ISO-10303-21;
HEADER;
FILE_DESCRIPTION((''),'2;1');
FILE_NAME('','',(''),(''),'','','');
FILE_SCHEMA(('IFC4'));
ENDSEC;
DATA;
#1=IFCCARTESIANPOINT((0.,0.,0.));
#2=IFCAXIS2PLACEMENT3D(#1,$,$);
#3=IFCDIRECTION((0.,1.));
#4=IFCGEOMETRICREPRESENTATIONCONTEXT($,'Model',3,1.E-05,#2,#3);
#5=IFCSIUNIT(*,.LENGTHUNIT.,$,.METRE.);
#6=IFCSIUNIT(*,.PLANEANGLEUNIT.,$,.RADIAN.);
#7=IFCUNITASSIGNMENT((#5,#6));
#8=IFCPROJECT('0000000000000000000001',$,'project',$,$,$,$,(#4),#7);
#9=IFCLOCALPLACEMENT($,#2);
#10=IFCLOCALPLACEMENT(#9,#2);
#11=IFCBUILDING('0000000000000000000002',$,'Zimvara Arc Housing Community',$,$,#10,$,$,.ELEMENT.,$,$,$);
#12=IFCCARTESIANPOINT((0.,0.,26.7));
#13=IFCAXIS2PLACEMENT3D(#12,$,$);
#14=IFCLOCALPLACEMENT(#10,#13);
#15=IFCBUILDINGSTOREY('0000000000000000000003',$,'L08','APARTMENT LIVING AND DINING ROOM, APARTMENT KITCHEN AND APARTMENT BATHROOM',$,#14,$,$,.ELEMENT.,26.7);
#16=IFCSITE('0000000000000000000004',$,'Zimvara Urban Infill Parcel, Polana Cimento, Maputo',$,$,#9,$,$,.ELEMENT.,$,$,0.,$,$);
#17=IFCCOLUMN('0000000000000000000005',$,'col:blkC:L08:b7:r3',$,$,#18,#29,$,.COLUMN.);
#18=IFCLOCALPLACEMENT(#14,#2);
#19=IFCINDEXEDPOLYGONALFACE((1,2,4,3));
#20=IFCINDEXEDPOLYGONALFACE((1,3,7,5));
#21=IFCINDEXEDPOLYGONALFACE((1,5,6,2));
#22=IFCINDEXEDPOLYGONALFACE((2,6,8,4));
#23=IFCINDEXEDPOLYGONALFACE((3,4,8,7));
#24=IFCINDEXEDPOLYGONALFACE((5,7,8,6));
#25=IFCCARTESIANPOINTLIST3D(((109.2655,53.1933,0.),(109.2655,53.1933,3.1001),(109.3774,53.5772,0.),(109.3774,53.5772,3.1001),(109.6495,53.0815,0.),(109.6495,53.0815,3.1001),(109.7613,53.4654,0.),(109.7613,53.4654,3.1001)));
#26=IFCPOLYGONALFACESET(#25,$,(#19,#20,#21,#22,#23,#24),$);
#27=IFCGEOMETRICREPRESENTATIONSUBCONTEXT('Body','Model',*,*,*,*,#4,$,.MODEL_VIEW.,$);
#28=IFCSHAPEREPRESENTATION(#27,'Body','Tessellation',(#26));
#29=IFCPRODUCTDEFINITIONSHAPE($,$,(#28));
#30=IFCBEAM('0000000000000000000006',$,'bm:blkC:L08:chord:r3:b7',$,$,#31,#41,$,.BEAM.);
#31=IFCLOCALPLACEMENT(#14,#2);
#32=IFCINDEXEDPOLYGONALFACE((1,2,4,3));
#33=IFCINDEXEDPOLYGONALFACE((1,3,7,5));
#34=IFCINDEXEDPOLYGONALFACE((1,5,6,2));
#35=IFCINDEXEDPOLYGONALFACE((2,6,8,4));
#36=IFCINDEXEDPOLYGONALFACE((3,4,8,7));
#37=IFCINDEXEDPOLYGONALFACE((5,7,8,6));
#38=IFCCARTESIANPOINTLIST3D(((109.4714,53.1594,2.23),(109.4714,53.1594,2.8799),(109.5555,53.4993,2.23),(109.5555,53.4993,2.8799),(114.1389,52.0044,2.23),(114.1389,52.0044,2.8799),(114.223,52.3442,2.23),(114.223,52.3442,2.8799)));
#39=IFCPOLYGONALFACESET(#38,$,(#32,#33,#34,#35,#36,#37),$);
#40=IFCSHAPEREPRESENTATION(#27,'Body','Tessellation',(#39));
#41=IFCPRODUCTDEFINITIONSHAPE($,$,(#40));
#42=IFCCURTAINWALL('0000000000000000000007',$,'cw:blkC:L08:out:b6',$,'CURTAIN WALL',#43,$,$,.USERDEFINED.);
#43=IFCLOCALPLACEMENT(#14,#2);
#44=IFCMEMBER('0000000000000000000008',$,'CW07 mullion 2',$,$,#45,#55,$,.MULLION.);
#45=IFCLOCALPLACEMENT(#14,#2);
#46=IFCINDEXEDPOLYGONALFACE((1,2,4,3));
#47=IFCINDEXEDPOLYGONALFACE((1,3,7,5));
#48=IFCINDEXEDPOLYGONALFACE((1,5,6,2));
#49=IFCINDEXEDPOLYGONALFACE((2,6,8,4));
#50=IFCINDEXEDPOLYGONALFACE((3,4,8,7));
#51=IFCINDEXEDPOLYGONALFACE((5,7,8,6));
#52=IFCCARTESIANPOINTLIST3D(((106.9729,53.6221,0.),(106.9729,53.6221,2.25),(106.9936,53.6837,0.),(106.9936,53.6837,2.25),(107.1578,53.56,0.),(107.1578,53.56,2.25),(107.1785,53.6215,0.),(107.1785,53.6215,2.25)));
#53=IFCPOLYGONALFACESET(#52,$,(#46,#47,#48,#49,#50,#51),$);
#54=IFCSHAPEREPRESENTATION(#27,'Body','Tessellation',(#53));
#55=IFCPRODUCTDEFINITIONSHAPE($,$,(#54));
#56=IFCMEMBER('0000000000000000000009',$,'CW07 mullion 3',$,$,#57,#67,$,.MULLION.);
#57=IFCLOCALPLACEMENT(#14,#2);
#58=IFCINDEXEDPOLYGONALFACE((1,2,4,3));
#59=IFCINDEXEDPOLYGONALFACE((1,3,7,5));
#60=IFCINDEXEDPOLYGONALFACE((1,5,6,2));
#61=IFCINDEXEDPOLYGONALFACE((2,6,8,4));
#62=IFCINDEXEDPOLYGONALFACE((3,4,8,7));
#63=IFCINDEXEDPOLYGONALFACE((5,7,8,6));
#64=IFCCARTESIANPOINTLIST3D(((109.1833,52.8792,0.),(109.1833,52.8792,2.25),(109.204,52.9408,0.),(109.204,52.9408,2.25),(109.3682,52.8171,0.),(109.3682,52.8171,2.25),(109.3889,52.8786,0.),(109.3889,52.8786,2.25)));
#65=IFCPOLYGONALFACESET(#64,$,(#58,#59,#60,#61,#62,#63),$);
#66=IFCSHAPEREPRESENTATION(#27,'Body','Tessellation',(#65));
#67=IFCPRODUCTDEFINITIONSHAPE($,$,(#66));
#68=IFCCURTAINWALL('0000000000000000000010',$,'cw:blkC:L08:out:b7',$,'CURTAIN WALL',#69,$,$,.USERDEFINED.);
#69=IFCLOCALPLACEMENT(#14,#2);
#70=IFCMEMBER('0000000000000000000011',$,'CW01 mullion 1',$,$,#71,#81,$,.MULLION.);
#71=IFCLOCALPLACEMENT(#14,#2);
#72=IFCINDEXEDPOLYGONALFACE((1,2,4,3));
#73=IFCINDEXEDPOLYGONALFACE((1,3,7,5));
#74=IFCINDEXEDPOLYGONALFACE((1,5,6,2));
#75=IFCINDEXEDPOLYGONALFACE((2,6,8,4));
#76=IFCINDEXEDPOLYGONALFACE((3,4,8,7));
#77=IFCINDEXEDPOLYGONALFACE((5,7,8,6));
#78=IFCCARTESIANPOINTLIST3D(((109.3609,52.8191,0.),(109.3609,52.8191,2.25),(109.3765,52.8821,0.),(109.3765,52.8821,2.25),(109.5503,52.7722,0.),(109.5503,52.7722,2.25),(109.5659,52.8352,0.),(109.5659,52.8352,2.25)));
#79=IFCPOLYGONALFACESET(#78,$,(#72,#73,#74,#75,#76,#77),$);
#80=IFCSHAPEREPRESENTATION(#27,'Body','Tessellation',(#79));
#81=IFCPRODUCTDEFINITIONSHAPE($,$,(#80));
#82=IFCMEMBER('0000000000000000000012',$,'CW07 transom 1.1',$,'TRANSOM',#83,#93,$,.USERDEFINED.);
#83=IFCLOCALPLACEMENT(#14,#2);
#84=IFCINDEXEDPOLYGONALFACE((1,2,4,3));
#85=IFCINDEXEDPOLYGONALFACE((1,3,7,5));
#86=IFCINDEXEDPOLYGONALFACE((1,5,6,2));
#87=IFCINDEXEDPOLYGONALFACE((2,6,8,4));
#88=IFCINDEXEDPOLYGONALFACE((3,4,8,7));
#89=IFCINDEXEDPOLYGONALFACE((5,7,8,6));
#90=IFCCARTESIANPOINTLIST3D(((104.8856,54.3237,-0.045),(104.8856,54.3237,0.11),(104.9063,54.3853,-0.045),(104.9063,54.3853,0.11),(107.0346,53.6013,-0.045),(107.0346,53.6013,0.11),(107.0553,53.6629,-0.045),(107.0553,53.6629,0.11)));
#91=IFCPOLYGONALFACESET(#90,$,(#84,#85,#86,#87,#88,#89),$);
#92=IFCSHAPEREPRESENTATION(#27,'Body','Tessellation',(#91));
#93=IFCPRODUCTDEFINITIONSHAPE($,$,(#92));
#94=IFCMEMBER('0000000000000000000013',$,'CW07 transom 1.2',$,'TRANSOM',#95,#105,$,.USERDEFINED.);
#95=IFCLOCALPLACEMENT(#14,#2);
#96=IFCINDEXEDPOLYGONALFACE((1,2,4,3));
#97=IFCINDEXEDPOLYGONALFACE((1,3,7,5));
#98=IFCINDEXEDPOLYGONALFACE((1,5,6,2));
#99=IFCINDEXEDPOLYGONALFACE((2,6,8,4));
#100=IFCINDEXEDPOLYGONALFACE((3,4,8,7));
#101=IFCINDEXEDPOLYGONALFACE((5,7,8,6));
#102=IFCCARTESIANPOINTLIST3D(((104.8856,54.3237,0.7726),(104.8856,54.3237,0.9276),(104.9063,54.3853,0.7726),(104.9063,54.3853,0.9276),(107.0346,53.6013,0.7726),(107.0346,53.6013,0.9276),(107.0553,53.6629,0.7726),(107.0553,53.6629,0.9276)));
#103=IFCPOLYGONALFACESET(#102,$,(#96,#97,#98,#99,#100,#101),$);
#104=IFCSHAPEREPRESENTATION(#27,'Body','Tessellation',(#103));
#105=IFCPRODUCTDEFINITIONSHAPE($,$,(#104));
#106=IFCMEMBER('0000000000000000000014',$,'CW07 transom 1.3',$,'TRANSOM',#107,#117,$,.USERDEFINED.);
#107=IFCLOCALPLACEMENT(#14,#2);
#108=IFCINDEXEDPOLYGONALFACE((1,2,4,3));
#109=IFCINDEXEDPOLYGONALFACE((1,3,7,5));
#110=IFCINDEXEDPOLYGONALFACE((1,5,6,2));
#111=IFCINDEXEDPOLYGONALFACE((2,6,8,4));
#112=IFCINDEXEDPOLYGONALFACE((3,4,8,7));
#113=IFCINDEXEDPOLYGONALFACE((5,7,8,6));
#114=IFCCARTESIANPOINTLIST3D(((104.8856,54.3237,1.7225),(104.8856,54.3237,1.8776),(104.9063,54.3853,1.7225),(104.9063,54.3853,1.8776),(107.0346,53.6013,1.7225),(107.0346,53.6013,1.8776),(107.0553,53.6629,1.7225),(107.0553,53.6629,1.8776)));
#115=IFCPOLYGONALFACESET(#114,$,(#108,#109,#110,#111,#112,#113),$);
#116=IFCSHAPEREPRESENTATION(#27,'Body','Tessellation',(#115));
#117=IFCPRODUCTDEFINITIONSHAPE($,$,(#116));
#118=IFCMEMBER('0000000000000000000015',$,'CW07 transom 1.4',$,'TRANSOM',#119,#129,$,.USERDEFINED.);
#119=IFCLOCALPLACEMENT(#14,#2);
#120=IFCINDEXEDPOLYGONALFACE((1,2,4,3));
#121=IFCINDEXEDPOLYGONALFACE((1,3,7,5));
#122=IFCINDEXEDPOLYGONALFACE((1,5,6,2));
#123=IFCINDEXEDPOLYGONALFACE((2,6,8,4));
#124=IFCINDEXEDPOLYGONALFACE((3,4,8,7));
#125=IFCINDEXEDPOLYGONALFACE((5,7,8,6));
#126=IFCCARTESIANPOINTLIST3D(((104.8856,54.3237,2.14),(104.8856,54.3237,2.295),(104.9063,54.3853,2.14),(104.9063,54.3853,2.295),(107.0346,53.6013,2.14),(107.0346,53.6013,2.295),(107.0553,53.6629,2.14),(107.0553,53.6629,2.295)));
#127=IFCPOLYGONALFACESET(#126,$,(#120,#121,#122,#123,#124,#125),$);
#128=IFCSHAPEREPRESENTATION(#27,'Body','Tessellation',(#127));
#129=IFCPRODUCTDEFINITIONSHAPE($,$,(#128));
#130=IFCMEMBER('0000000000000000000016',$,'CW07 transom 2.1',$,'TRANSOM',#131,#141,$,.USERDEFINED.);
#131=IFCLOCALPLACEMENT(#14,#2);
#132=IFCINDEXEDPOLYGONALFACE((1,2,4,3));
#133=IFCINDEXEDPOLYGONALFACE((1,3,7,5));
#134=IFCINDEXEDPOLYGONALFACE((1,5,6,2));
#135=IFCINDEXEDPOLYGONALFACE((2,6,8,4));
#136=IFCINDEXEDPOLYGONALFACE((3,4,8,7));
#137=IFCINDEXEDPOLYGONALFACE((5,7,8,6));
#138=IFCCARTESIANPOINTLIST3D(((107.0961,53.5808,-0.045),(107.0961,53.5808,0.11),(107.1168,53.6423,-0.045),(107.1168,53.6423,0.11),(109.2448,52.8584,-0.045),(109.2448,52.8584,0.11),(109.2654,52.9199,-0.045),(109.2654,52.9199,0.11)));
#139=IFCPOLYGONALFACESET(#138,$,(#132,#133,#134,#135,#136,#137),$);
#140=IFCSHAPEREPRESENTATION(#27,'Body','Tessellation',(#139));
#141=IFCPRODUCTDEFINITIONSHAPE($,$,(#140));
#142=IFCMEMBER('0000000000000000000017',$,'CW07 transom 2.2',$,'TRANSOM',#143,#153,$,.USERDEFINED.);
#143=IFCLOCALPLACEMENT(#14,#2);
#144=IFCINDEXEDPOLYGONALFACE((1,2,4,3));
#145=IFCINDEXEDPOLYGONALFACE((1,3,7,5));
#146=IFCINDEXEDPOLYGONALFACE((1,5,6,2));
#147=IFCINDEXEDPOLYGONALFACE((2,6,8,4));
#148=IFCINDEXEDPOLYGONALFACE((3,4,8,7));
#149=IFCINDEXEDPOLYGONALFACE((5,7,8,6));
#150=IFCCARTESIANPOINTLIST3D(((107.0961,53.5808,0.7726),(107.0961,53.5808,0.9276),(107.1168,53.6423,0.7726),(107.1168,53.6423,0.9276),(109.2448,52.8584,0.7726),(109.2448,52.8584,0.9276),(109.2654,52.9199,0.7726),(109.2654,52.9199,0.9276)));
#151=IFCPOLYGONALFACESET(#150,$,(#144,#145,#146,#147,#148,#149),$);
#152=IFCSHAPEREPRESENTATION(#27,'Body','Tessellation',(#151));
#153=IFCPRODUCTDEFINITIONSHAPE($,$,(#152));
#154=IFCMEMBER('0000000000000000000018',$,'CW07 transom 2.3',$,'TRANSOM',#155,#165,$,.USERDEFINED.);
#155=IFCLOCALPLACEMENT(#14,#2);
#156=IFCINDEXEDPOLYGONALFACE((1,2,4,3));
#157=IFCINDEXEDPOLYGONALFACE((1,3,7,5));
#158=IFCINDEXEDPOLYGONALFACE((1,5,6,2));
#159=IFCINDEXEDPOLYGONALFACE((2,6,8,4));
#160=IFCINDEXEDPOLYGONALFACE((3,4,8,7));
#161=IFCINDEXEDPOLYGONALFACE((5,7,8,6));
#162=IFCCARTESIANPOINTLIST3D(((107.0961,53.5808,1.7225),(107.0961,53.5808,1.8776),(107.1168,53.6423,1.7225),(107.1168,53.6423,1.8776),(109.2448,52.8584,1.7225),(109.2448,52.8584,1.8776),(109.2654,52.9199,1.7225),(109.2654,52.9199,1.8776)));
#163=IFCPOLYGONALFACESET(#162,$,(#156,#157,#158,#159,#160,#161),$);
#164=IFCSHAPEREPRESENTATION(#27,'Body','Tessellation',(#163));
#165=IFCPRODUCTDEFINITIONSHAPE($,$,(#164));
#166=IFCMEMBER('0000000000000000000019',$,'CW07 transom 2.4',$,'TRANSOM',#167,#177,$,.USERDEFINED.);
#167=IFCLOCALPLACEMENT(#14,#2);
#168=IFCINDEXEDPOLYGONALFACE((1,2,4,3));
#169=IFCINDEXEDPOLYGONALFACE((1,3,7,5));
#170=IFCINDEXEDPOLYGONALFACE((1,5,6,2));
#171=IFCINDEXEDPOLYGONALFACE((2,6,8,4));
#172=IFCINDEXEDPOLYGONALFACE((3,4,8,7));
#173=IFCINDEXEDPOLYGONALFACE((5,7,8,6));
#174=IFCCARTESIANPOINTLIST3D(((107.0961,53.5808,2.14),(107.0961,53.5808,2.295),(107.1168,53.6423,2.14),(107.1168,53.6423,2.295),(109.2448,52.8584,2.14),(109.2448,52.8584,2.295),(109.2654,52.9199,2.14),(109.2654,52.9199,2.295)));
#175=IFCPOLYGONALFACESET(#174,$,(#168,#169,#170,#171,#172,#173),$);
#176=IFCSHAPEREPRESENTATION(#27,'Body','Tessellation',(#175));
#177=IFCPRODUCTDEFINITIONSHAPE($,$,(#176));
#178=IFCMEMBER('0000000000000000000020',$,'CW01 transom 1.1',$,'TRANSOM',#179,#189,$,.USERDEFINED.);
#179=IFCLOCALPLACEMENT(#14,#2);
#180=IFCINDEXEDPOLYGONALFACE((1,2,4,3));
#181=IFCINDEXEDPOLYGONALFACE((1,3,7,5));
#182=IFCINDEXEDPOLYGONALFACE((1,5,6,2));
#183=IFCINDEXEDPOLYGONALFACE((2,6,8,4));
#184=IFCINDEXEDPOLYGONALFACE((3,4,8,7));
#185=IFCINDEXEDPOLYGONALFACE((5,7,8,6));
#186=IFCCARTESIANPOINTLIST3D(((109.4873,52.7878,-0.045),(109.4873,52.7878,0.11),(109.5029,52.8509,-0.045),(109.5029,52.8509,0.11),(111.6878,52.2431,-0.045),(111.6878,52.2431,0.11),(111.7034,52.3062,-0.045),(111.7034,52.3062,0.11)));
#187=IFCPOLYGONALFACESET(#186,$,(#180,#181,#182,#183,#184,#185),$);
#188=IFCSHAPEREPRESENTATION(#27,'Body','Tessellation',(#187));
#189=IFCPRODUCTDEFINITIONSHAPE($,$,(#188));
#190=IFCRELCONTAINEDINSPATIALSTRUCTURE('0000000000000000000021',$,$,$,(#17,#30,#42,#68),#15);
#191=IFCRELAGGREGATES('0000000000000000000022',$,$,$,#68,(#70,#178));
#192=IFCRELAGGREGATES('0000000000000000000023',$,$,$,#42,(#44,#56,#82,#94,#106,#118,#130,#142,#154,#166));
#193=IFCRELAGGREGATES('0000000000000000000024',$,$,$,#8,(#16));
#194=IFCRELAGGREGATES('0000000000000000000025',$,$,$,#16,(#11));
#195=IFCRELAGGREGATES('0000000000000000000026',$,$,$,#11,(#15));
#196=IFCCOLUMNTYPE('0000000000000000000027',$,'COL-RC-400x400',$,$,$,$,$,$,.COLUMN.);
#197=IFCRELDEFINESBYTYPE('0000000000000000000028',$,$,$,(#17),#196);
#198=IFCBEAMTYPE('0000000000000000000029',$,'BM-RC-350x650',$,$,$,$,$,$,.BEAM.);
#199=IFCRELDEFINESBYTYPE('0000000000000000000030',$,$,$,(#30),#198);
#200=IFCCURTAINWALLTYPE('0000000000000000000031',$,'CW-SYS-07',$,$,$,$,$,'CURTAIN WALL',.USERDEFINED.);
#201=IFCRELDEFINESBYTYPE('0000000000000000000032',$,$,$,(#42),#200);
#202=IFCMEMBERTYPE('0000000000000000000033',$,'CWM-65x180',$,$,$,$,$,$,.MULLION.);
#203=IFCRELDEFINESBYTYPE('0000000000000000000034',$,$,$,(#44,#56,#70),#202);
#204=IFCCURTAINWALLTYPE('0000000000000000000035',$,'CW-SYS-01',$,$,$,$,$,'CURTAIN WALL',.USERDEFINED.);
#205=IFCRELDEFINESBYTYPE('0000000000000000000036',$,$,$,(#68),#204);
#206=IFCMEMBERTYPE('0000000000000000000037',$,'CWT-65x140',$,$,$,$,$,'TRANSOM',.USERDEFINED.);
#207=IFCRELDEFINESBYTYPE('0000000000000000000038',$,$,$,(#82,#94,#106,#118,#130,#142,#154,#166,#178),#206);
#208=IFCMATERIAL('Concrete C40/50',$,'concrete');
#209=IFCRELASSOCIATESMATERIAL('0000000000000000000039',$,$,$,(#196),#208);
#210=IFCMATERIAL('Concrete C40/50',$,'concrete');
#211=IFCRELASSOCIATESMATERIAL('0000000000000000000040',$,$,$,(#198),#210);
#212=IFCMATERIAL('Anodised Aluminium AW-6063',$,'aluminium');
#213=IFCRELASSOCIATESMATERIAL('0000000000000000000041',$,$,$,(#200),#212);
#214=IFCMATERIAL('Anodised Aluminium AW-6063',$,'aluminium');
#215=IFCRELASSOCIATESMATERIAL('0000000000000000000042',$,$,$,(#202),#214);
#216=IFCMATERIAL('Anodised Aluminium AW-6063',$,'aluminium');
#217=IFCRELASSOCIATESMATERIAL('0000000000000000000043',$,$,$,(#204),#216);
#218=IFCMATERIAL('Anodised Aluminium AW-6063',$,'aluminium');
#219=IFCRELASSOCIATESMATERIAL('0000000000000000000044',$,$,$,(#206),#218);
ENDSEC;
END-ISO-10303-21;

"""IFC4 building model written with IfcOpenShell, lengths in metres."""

from ifc_helpers import new_model, si_unit, direction, frame, origin, origin_2d, place, context, subcontext, project, spatial, rectangle, extrude, material, material_profile, profile_set, type_object, element, aggregate, save


model = new_model("IFC4")

# Units and contexts
model_context = context("Model", 3, precision=1e-05, world=origin(), true_north=direction((0.0, 1.0)))
body_context = subcontext(model_context, "Body", "Model", "MODEL_VIEW")
ifc_project = project(units=[si_unit("LENGTHUNIT", "METRE"), si_unit("PLANEANGLEUNIT", "RADIAN")], contexts=[model_context])

# Site, building, storey
site_placement = place(None, origin())
site = spatial("IfcSite", under=ifc_project, at=site_placement, Name="Zimvara Urban Infill Parcel, Polana Cimento, Maputo", CompositionType="ELEMENT", RefElevation=0.0)
building_placement = place(site_placement, origin())
building = spatial("IfcBuilding", under=site, at=building_placement, Name="Zimvara Arc Housing Community", CompositionType="ELEMENT")
storey_placement = place(building_placement, frame((0.0, 0.0, 26.7)))
storey = spatial("IfcBuildingStorey", under=building, at=storey_placement, Name="L08", Description="APARTMENT LIVING AND DINING ROOM, APARTMENT KITCHEN AND APARTMENT BATHROOM", CompositionType="ELEMENT", Elevation=26.7)

# Column
ifc_material_1 = material(Name="Concrete C40/50", Category="concrete")
ifc_material_profile_1 = material_profile(ifc_material_1, rectangle(XDim=0.3999, YDim=0.3999, at=origin_2d()), Name="RC 400x400")
ifc_profile_set_1 = profile_set([ifc_material_profile_1], Name="Concrete C40/50")
column_type = type_object("IfcColumnType", Name="COL-RC-400x400", PredefinedType="COLUMN", material=ifc_profile_set_1)
column_placement = place(storey_placement, frame((109.5134, 53.3293, 0.0), z_axis=(0.0, 0.0, 1.0), x_axis=(-0.279661, -0.960099, 0.0)))
element("IfcColumn", 1, at=column_placement, inside=storey, type_object=column_type, Name="col:blkC:L08:b7:r3", PredefinedType="COLUMN", context=body_context, shape_type="SweptSolid", body=[
    extrude(rectangle(XDim=0.3999, YDim=0.3999, at=origin_2d()), origin(), (0.0, 0.0, 1.0), 3.1001),
])

# Beam
ifc_material_2 = material(Name="Concrete C40/50", Category="concrete")
ifc_material_profile_2 = material_profile(ifc_material_2, rectangle(XDim=0.3501, YDim=0.6499, at=origin_2d()), Name="RC 350x650")
ifc_profile_set_2 = profile_set([ifc_material_profile_2], Name="Concrete C40/50")
beam_type = type_object("IfcBeamType", Name="BM-RC-350x650", PredefinedType="BEAM", material=ifc_profile_set_2)
beam_placement = place(storey_placement, frame((109.5134, 53.3293, 2.5549), z_axis=(0.970719, -0.240217, 0.0), x_axis=(0.240217, 0.970719, 0.0)))
element("IfcBeam", 2, at=beam_placement, inside=storey, type_object=beam_type, Name="bm:blkC:L08:chord:r3:b7", PredefinedType="BEAM", context=body_context, shape_type="SweptSolid", body=[
    extrude(rectangle(XDim=0.3501, YDim=0.6499, at=origin_2d()), origin(), (0.0, 0.0, 1.0), 4.8083),
])

# Curtain wall, members
ifc_material_3 = material(Name="Anodised Aluminium AW-6063", Category="aluminium")
curtain_wall_type_1 = type_object("IfcCurtainWallType", Name="CW-SYS-07", ElementType="CURTAIN WALL", PredefinedType="USERDEFINED", material=ifc_material_3)
curtain_wall_1_placement = place(storey_placement, origin())
curtain_wall_1 = element("IfcCurtainWall", 3, at=curtain_wall_1_placement, inside=storey, type_object=curtain_wall_type_1, Name="cw:blkC:L08:out:b6", ObjectType="CURTAIN WALL", PredefinedType="USERDEFINED")
ifc_material_4 = material(Name="Anodised Aluminium AW-6063", Category="aluminium")
ifc_material_profile_3 = material_profile(ifc_material_4, rectangle(XDim=0.0649, YDim=0.1951, at=origin_2d()), Name="ALU 65x195")
ifc_profile_set_3 = profile_set([ifc_material_profile_3], Name="Anodised Aluminium AW-6063")
member_type_1 = type_object("IfcMemberType", Name="CWM-65x180", PredefinedType="MULLION", material=ifc_profile_set_3)
member_1_placement = place(storey_placement, frame((107.0757, 53.6218, 0.0), z_axis=(0.0, 0.0, 1.0), x_axis=(0.318629, 0.94788, 0.0)))
member_1 = element("IfcMember", 4, at=member_1_placement, type_object=member_type_1, Name="CW07 mullion 2", PredefinedType="MULLION", context=body_context, shape_type="SweptSolid", body=[
    extrude(rectangle(XDim=0.0649, YDim=0.1951, at=origin_2d()), origin(), (0.0, 0.0, 1.0), 2.25),
])
member_2_placement = place(storey_placement, frame((109.2861, 52.8789, 0.0), z_axis=(0.0, 0.0, 1.0), x_axis=(0.318629, 0.94788, 0.0)))
member_2 = element("IfcMember", 5, at=member_2_placement, type_object=member_type_1, Name="CW07 mullion 3", PredefinedType="MULLION", context=body_context, shape_type="SweptSolid", body=[
    extrude(rectangle(XDim=0.0649, YDim=0.1951, at=origin_2d()), origin(), (0.0, 0.0, 1.0), 2.25),
])

# Curtain wall, member
ifc_material_5 = material(Name="Anodised Aluminium AW-6063", Category="aluminium")
curtain_wall_type_2 = type_object("IfcCurtainWallType", Name="CW-SYS-01", ElementType="CURTAIN WALL", PredefinedType="USERDEFINED", material=ifc_material_5)
curtain_wall_2_placement = place(storey_placement, origin())
curtain_wall_2 = element("IfcCurtainWall", 6, at=curtain_wall_2_placement, inside=storey, type_object=curtain_wall_type_2, Name="cw:blkC:L08:out:b7", ObjectType="CURTAIN WALL", PredefinedType="USERDEFINED")
member_3_placement = place(storey_placement, frame((109.4634, 52.8271, 0.0), z_axis=(0.0, 0.0, 1.0), x_axis=(0.24023, 0.970716, 0.0)))
member_3 = element("IfcMember", 7, at=member_3_placement, type_object=member_type_1, Name="CW01 mullion 1", PredefinedType="MULLION", context=body_context, shape_type="SweptSolid", body=[
    extrude(rectangle(XDim=0.0649, YDim=0.1951, at=origin_2d()), origin(), (0.0, 0.0, 1.0), 2.25),
])

# Members
ifc_material_6 = material(Name="Anodised Aluminium AW-6063", Category="aluminium")
ifc_material_profile_4 = material_profile(ifc_material_6, rectangle(XDim=0.0649, YDim=0.155, at=origin_2d()), Name="ALU 65x155")
ifc_profile_set_4 = profile_set([ifc_material_profile_4], Name="Anodised Aluminium AW-6063")
member_type_2 = type_object("IfcMemberType", Name="CWT-65x140", ElementType="TRANSOM", PredefinedType="USERDEFINED", material=ifc_profile_set_4)
member_4_placement = place(storey_placement, frame((104.896, 54.3545, 0.0325), z_axis=(0.947873, -0.31865, 0.0), x_axis=(0.31865, 0.947873, 0.0)))
member_4 = element("IfcMember", 8, at=member_4_placement, type_object=member_type_2, Name="CW07 transom 1.1", ObjectType="TRANSOM", PredefinedType="USERDEFINED", context=body_context, shape_type="SweptSolid", body=[
    extrude(rectangle(XDim=0.0649, YDim=0.155, at=origin_2d()), origin(), (0.0, 0.0, 1.0), 2.2671),
])
member_5_placement = place(storey_placement, frame((104.896, 54.3545, 0.8501), z_axis=(0.947873, -0.31865, 0.0), x_axis=(0.31865, 0.947873, 0.0)))
member_5 = element("IfcMember", 9, at=member_5_placement, type_object=member_type_2, Name="CW07 transom 1.2", ObjectType="TRANSOM", PredefinedType="USERDEFINED", context=body_context, shape_type="SweptSolid", body=[
    extrude(rectangle(XDim=0.0649, YDim=0.155, at=origin_2d()), origin(), (0.0, 0.0, 1.0), 2.2671),
])
member_6_placement = place(storey_placement, frame((104.896, 54.3545, 1.8), z_axis=(0.947873, -0.31865, 0.0), x_axis=(0.31865, 0.947873, 0.0)))
member_6 = element("IfcMember", 10, at=member_6_placement, type_object=member_type_2, Name="CW07 transom 1.3", ObjectType="TRANSOM", PredefinedType="USERDEFINED", context=body_context, shape_type="SweptSolid", body=[
    extrude(rectangle(XDim=0.0649, YDim=0.155, at=origin_2d()), origin(), (0.0, 0.0, 1.0), 2.2671),
])
member_7_placement = place(storey_placement, frame((104.896, 54.3545, 2.2175), z_axis=(0.947873, -0.31865, 0.0), x_axis=(0.31865, 0.947873, 0.0)))
member_7 = element("IfcMember", 11, at=member_7_placement, type_object=member_type_2, Name="CW07 transom 1.4", ObjectType="TRANSOM", PredefinedType="USERDEFINED", context=body_context, shape_type="SweptSolid", body=[
    extrude(rectangle(XDim=0.0649, YDim=0.155, at=origin_2d()), origin(), (0.0, 0.0, 1.0), 2.2671),
])
member_8_placement = place(storey_placement, frame((107.1064, 53.6116, 0.0325), z_axis=(0.947862, -0.318682, 0.0), x_axis=(0.318682, 0.947862, 0.0)))
member_8 = element("IfcMember", 12, at=member_8_placement, type_object=member_type_2, Name="CW07 transom 2.1", ObjectType="TRANSOM", PredefinedType="USERDEFINED", context=body_context, shape_type="SweptSolid", body=[
    extrude(rectangle(XDim=0.0649, YDim=0.155, at=origin_2d()), origin(), (0.0, 0.0, 1.0), 2.2668),
])
member_9_placement = place(storey_placement, frame((107.1064, 53.6116, 0.8501), z_axis=(0.947862, -0.318682, 0.0), x_axis=(0.318682, 0.947862, 0.0)))
member_9 = element("IfcMember", 13, at=member_9_placement, type_object=member_type_2, Name="CW07 transom 2.2", ObjectType="TRANSOM", PredefinedType="USERDEFINED", context=body_context, shape_type="SweptSolid", body=[
    extrude(rectangle(XDim=0.0649, YDim=0.155, at=origin_2d()), origin(), (0.0, 0.0, 1.0), 2.2668),
])
member_10_placement = place(storey_placement, frame((107.1064, 53.6116, 1.8), z_axis=(0.947862, -0.318682, 0.0), x_axis=(0.318682, 0.947862, 0.0)))
member_10 = element("IfcMember", 14, at=member_10_placement, type_object=member_type_2, Name="CW07 transom 2.3", ObjectType="TRANSOM", PredefinedType="USERDEFINED", context=body_context, shape_type="SweptSolid", body=[
    extrude(rectangle(XDim=0.0649, YDim=0.155, at=origin_2d()), origin(), (0.0, 0.0, 1.0), 2.2668),
])
member_11_placement = place(storey_placement, frame((107.1064, 53.6116, 2.2175), z_axis=(0.947862, -0.318682, 0.0), x_axis=(0.318682, 0.947862, 0.0)))
member_11 = element("IfcMember", 15, at=member_11_placement, type_object=member_type_2, Name="CW07 transom 2.4", ObjectType="TRANSOM", PredefinedType="USERDEFINED", context=body_context, shape_type="SweptSolid", body=[
    extrude(rectangle(XDim=0.0649, YDim=0.155, at=origin_2d()), origin(), (0.0, 0.0, 1.0), 2.2668),
])
member_12_placement = place(storey_placement, frame((109.4951, 52.8193, 0.0325), z_axis=(0.970704, -0.24028, 0.0), x_axis=(0.24028, 0.970704, 0.0)))
member_12 = element("IfcMember", 16, at=member_12_placement, type_object=member_type_2, Name="CW01 transom 1.1", ObjectType="TRANSOM", PredefinedType="USERDEFINED", context=body_context, shape_type="SweptSolid", body=[
    extrude(rectangle(XDim=0.0649, YDim=0.155, at=origin_2d()), origin(), (0.0, 0.0, 1.0), 2.2668),
])
aggregate(curtain_wall_2, [member_3, member_12])

aggregate(curtain_wall_1, [member_1, member_2, member_4, member_5, member_6, member_7, member_8, member_9, member_10, member_11])

save(model, "model.ifc")
